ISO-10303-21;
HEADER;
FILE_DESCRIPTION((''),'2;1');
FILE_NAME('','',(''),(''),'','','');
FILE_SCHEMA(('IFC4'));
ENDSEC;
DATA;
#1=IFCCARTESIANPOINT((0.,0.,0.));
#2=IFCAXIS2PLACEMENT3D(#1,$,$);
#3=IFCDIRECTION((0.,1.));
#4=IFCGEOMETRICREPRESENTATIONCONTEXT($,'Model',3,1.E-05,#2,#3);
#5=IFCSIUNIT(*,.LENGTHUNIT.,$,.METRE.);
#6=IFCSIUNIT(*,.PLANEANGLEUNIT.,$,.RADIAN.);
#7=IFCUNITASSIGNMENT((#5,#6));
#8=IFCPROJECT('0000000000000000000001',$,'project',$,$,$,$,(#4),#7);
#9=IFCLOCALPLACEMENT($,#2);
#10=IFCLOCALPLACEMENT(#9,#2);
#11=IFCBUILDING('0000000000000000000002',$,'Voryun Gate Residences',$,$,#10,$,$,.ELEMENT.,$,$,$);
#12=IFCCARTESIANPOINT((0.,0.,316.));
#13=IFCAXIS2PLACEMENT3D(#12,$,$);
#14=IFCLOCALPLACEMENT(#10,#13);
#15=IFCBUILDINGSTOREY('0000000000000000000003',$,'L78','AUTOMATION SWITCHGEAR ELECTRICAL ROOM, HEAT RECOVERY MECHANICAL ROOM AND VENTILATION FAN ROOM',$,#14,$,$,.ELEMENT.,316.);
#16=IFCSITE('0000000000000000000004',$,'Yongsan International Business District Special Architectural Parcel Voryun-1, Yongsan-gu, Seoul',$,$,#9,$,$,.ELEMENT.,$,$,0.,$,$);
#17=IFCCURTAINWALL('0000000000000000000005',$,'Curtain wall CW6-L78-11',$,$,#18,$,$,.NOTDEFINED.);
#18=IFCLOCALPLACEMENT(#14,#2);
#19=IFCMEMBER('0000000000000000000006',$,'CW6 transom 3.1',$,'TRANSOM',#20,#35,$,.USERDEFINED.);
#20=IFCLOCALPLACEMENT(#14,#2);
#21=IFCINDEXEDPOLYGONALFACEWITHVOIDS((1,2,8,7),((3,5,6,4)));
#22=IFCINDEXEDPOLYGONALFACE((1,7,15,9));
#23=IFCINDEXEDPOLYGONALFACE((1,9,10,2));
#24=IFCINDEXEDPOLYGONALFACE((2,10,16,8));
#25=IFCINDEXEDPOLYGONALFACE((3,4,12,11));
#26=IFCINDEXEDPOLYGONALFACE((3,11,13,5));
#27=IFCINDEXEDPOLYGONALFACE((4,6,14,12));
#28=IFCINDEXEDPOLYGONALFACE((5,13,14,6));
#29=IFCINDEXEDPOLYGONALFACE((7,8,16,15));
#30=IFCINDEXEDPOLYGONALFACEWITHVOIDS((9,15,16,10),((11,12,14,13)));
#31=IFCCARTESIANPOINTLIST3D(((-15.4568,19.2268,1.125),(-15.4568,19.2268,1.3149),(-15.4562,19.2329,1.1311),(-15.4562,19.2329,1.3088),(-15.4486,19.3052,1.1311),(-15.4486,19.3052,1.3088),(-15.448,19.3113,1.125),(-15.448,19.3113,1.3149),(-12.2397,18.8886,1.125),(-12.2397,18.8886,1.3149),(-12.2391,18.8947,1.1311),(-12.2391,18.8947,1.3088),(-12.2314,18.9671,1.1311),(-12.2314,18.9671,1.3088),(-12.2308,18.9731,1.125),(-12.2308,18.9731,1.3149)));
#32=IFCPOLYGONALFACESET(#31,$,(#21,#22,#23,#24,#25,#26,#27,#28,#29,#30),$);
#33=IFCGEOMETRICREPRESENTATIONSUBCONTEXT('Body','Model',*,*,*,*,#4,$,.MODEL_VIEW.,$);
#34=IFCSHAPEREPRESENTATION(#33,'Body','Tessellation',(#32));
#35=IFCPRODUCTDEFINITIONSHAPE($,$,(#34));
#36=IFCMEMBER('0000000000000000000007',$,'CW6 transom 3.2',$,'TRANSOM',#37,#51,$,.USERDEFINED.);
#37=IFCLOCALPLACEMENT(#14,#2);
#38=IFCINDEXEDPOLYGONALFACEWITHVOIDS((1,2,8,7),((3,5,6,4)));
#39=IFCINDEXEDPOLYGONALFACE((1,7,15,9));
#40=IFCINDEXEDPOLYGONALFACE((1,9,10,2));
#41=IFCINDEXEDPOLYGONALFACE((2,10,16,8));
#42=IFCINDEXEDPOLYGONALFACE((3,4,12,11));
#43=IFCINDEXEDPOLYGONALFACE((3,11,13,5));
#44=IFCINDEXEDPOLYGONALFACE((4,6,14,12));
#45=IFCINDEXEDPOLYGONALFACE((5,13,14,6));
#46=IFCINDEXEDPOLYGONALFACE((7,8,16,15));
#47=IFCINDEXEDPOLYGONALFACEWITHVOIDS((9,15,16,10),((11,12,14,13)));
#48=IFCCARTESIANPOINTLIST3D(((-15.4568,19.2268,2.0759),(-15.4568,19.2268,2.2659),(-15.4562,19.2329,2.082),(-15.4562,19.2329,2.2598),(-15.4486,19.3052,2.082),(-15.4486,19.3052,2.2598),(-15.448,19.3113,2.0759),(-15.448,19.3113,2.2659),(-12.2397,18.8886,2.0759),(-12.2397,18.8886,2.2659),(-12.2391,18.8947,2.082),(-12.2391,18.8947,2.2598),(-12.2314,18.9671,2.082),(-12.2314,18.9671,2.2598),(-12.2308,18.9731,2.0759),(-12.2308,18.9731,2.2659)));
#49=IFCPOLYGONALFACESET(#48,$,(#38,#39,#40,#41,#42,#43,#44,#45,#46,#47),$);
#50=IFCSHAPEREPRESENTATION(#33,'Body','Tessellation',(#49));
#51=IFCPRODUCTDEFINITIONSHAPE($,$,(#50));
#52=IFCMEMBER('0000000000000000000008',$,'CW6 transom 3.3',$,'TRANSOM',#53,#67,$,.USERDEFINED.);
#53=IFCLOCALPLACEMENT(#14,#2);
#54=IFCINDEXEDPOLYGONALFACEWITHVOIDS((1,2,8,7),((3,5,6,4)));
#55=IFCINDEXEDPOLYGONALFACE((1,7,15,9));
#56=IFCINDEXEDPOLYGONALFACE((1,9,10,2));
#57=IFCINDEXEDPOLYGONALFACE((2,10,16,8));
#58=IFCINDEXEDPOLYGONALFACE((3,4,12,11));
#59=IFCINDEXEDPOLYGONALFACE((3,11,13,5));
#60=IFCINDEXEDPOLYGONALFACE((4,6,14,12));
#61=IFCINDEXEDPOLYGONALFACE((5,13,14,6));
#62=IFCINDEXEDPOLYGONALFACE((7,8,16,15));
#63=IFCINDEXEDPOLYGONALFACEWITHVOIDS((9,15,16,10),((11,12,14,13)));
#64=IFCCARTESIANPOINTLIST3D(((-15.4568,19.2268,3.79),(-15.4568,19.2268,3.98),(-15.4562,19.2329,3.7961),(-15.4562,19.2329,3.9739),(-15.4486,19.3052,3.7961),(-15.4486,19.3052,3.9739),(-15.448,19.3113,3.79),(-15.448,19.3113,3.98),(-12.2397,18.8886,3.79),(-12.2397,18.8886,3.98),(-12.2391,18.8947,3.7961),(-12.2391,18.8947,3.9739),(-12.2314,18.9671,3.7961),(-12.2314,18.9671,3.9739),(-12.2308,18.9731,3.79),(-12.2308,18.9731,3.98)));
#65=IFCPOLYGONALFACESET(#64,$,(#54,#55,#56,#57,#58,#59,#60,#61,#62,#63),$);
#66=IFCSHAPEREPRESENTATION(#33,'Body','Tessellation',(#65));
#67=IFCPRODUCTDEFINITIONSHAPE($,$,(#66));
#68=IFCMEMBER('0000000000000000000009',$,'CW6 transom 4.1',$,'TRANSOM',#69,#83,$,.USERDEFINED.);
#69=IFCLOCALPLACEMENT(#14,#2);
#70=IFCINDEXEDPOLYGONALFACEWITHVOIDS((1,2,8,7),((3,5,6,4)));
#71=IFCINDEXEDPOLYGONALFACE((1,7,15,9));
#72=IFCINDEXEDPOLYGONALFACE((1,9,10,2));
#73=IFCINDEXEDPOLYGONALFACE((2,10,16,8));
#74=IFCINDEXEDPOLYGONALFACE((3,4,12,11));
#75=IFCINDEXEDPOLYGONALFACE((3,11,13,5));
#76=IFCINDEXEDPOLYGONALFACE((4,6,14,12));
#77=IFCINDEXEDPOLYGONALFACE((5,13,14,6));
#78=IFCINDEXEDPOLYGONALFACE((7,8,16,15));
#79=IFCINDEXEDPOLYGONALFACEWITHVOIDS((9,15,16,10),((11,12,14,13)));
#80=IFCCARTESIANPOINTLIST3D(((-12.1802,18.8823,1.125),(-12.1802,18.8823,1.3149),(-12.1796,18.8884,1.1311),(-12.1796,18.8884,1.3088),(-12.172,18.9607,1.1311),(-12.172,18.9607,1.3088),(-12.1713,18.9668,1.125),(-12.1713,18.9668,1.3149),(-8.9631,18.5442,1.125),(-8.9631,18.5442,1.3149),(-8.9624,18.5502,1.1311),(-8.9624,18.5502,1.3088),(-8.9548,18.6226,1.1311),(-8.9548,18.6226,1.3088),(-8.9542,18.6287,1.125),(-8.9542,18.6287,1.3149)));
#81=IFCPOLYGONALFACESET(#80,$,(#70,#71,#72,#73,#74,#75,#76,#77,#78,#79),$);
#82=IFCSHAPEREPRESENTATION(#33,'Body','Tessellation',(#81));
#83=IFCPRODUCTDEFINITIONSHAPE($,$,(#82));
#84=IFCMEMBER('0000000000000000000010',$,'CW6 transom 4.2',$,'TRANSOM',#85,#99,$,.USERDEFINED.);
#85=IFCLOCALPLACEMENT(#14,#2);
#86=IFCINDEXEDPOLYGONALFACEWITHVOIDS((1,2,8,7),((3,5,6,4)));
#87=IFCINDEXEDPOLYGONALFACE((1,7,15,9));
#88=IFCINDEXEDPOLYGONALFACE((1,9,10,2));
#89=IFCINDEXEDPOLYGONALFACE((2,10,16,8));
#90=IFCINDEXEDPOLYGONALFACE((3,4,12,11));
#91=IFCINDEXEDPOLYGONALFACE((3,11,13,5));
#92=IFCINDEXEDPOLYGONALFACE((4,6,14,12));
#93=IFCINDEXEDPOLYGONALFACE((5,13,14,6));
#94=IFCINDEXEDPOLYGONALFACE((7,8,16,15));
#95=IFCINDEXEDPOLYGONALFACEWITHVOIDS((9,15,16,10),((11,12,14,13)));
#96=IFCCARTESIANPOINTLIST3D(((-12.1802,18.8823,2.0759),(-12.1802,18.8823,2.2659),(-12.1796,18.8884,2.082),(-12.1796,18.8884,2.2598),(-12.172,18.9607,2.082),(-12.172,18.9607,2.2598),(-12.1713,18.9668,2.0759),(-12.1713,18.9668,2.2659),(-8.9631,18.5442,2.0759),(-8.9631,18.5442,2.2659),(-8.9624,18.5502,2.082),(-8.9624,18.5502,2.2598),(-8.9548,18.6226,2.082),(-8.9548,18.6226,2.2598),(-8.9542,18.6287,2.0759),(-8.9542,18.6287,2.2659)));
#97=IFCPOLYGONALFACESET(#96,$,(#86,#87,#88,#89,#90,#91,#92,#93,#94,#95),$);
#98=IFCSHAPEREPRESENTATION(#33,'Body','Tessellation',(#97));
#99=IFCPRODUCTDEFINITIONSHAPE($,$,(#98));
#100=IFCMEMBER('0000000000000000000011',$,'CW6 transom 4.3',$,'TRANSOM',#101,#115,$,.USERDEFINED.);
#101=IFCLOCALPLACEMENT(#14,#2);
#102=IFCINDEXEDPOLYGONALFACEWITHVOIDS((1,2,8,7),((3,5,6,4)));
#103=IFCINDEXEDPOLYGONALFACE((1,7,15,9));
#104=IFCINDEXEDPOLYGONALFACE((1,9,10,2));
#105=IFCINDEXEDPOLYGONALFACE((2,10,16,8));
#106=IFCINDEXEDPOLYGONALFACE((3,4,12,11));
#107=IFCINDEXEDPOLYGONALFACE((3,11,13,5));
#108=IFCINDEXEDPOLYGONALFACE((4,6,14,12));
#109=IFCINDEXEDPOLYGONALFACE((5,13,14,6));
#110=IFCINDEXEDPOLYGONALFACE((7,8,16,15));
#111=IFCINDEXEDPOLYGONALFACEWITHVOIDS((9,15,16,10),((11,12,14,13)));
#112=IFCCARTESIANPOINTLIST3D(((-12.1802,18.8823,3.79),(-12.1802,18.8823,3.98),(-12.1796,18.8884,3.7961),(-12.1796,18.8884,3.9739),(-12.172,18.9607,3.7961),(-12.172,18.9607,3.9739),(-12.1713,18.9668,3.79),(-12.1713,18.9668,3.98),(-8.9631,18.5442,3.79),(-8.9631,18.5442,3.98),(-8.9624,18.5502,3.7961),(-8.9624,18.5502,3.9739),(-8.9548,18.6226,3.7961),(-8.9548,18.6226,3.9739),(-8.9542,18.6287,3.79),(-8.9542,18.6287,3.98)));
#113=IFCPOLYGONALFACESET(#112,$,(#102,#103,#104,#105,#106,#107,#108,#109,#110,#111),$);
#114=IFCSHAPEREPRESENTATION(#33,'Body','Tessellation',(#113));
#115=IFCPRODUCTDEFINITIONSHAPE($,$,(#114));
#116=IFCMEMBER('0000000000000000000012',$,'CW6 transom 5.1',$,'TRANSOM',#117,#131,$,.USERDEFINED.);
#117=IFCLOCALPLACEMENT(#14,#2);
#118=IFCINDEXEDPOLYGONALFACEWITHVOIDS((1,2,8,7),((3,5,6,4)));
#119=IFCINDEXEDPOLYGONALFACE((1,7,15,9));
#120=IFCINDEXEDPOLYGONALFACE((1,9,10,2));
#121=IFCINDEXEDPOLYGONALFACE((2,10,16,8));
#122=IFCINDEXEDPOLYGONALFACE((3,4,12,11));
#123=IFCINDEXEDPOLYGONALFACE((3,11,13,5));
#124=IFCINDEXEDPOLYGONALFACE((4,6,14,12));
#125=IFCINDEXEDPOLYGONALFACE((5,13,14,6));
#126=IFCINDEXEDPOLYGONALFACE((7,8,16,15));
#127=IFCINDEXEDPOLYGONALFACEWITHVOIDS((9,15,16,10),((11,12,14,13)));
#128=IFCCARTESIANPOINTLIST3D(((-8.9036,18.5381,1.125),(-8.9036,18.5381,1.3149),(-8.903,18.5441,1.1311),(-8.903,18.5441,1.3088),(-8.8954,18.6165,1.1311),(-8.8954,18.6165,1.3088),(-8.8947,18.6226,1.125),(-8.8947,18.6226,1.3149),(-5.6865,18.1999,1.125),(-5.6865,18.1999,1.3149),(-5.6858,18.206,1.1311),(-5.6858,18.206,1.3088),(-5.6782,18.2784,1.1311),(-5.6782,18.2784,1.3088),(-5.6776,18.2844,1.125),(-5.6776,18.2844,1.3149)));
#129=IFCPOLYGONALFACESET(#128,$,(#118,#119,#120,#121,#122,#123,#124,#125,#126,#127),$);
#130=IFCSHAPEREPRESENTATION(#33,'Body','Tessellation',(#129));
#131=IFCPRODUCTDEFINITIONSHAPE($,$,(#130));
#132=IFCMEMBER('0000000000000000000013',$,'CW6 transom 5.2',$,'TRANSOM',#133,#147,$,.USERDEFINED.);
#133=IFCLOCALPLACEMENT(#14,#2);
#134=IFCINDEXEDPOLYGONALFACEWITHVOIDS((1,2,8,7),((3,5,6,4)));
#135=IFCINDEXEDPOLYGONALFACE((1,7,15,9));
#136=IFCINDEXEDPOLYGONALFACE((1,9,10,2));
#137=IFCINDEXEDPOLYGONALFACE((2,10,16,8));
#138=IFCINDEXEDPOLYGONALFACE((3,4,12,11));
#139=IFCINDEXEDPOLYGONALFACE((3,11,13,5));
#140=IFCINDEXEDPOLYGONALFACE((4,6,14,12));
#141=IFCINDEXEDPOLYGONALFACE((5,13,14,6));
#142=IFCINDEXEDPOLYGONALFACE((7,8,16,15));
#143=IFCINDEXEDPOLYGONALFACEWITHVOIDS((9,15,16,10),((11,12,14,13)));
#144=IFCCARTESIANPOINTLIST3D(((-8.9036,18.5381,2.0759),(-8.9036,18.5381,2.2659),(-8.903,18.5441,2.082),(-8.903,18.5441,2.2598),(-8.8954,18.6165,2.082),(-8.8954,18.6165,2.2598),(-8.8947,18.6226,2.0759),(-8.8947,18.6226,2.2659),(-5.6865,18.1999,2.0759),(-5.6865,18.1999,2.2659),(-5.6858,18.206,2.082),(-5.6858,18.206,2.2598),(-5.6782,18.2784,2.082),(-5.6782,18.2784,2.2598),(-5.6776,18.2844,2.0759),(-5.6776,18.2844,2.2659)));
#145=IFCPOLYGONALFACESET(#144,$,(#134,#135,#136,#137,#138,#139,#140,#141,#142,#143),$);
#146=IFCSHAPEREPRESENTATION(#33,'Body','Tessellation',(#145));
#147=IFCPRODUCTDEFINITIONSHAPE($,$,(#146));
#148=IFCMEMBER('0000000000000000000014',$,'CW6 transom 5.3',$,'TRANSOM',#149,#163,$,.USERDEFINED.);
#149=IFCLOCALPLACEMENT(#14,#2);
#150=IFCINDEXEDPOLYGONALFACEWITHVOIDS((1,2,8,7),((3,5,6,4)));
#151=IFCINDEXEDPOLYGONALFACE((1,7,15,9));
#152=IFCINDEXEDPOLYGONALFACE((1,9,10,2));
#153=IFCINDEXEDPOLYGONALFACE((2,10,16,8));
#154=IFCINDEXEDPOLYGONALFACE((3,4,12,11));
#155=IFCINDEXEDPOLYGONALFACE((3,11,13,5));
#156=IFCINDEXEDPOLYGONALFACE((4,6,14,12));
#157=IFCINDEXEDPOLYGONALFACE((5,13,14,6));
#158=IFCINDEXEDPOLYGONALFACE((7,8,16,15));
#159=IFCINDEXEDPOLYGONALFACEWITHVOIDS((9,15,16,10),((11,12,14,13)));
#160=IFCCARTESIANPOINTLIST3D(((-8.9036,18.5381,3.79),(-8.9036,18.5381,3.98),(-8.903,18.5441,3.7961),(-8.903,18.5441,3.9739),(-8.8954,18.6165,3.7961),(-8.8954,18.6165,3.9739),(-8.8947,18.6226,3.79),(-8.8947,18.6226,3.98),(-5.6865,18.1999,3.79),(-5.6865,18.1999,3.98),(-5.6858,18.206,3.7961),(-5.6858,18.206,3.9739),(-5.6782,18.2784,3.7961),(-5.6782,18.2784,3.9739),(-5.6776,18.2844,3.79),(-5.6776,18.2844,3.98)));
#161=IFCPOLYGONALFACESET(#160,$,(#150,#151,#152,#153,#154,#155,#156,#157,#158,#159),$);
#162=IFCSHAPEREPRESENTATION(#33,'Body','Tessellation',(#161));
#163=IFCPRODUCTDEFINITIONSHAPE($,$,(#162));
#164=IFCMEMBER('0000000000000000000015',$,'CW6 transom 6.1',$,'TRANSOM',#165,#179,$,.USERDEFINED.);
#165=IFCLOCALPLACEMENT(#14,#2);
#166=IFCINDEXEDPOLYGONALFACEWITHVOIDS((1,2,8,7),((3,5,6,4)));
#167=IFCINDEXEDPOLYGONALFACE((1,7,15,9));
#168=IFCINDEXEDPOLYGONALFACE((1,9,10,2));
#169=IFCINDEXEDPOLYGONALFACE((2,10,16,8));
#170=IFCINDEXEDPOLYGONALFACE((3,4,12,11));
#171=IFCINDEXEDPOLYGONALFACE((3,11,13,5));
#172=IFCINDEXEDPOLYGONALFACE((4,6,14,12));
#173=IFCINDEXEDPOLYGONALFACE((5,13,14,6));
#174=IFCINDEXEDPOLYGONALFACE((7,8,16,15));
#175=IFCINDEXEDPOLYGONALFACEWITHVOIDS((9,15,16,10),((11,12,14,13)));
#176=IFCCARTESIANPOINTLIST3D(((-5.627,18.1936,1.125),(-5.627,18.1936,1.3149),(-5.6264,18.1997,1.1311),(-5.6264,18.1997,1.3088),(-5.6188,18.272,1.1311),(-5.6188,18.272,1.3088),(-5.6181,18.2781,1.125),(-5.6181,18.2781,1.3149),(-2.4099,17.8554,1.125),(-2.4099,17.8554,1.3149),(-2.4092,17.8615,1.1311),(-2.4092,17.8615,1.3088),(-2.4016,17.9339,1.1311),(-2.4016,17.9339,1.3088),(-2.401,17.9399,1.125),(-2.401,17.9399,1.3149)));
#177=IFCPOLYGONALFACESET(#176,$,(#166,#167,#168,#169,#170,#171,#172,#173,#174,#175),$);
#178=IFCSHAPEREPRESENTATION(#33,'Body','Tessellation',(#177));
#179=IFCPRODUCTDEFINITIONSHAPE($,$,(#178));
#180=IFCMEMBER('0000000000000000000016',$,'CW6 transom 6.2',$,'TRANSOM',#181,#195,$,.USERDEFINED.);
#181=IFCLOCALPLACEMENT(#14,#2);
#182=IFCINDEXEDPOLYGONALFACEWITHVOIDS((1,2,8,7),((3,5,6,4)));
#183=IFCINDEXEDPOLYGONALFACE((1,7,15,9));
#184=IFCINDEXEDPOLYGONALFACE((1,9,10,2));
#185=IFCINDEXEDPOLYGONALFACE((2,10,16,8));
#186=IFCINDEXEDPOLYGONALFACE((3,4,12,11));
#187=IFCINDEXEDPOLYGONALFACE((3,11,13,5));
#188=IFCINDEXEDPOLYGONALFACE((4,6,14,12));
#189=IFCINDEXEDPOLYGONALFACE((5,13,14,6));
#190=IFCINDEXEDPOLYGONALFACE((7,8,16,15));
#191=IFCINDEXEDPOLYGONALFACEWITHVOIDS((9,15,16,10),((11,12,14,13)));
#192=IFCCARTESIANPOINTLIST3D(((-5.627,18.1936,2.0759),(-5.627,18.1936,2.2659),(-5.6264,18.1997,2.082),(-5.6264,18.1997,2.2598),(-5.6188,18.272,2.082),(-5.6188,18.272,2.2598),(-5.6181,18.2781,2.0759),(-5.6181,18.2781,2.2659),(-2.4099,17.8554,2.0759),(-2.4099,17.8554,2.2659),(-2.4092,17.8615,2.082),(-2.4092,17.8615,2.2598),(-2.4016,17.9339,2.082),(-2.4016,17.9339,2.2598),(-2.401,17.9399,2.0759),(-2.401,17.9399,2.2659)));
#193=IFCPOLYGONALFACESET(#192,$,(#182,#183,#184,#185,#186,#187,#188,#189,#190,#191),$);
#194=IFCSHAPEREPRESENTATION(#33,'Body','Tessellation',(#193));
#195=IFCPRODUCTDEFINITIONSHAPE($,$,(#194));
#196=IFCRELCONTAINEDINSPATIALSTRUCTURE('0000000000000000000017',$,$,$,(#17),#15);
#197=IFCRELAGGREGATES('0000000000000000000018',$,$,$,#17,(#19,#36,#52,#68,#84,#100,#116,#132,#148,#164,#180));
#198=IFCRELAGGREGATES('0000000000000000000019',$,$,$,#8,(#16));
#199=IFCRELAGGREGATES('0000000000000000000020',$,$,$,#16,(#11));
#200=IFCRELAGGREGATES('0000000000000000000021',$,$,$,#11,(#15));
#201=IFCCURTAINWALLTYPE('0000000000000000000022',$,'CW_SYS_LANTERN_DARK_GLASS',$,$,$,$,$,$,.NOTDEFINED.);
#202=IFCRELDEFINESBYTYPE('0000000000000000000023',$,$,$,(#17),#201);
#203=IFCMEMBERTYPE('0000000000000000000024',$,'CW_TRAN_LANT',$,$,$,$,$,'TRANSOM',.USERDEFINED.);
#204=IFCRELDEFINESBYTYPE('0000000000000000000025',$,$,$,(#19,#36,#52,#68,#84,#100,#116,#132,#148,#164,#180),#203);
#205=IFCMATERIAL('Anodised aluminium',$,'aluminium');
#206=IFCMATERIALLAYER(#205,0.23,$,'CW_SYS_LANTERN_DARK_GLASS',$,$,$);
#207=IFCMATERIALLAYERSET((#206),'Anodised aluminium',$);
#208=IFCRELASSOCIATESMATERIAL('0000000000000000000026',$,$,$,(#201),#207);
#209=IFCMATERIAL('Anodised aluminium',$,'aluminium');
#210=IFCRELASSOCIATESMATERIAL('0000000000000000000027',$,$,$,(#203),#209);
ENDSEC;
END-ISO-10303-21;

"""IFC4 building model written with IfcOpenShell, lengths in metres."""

from ifc_helpers import new_model, si_unit, direction, frame, origin, origin_2d, place, context, subcontext, project, spatial, hollow_rectangle, extrude, material, layer, layer_set, material_profile, profile_set, type_object, element, aggregate, save


model = new_model("IFC4")

# Units and contexts
model_context = context("Model", 3, precision=1e-05, world=origin(), true_north=direction((0.0, 1.0)))
body_context = subcontext(model_context, "Body", "Model", "MODEL_VIEW")
ifc_project = project(units=[si_unit("LENGTHUNIT", "METRE"), si_unit("PLANEANGLEUNIT", "RADIAN")], contexts=[model_context])

# Site, building, storey
site_placement = place(None, origin())
site = spatial("IfcSite", under=ifc_project, at=site_placement, Name="Yongsan International Business District Special Architectural Parcel Voryun-1, Yongsan-gu, Seoul", CompositionType="ELEMENT", RefElevation=0.0)
building_placement = place(site_placement, origin())
building = spatial("IfcBuilding", under=site, at=building_placement, Name="Voryun Gate Residences", CompositionType="ELEMENT")
storey_placement = place(building_placement, frame((0.0, 0.0, 316.0)))
storey = spatial("IfcBuildingStorey", under=building, at=storey_placement, Name="L78", Description="AUTOMATION SWITCHGEAR ELECTRICAL ROOM, HEAT RECOVERY MECHANICAL ROOM AND VENTILATION FAN ROOM", CompositionType="ELEMENT", Elevation=316.0)

# Curtain wall, members
ifc_material_1 = material(Name="Anodised aluminium", Category="aluminium")
ifc_layer_1 = layer(ifc_material_1, 0.23, Name="CW_SYS_LANTERN_DARK_GLASS")
ifc_layer_set_1 = layer_set([ifc_layer_1], Name="Anodised aluminium")
curtain_wall_type = type_object("IfcCurtainWallType", Name="CW_SYS_LANTERN_DARK_GLASS", PredefinedType="NOTDEFINED", material=ifc_layer_set_1)
curtain_wall_placement = place(storey_placement, origin())
curtain_wall = element("IfcCurtainWall", 1, at=curtain_wall_placement, inside=storey, type_object=curtain_wall_type, Name="Curtain wall CW6-L78-11", PredefinedType="NOTDEFINED")
ifc_material_2 = material(Name="Anodised aluminium", Category="aluminium")
ifc_material_profile_1 = material_profile(ifc_material_2, hollow_rectangle(XDim=0.085, YDim=0.1899, WallThickness=0.0061, at=origin_2d()), Name="ALU-TRAN-190x85x6")
ifc_profile_set_1 = profile_set([ifc_material_profile_1], Name="Anodised aluminium")
member_type_1 = type_object("IfcMemberType", Name="CW_TRAN_LANT", ElementType="TRANSOM", PredefinedType="USERDEFINED", material=ifc_profile_set_1)
member_1_placement = place(storey_placement, frame((-15.4524, 19.269, 1.22), z_axis=(0.994522, -0.104532, 0.0), x_axis=(0.104532, 0.994522, 0.0)))
member_1 = element("IfcMember", 2, at=member_1_placement, type_object=member_type_1, Name="CW6 transom 3.1", ObjectType="TRANSOM", PredefinedType="USERDEFINED", context=body_context, shape_type="SweptSolid", body=[
    extrude(hollow_rectangle(XDim=0.085, YDim=0.1899, WallThickness=0.0061, at=origin_2d()), origin(), (0.0, 0.0, 1.0), 3.2349),
])
member_2_placement = place(storey_placement, frame((-15.4524, 19.269, 2.1709), z_axis=(0.994522, -0.104532, 0.0), x_axis=(0.104532, 0.994522, 0.0)))
member_2 = element("IfcMember", 3, at=member_2_placement, type_object=member_type_1, Name="CW6 transom 3.2", ObjectType="TRANSOM", PredefinedType="USERDEFINED", context=body_context, shape_type="SweptSolid", body=[
    extrude(hollow_rectangle(XDim=0.085, YDim=0.1899, WallThickness=0.0061, at=origin_2d()), origin(), (0.0, 0.0, 1.0), 3.2349),
])
member_3_placement = place(storey_placement, frame((-15.4524, 19.269, 3.885), z_axis=(0.994522, -0.104532, 0.0), x_axis=(0.104532, 0.994522, 0.0)))
member_3 = element("IfcMember", 4, at=member_3_placement, type_object=member_type_1, Name="CW6 transom 3.3", ObjectType="TRANSOM", PredefinedType="USERDEFINED", context=body_context, shape_type="SweptSolid", body=[
    extrude(hollow_rectangle(XDim=0.085, YDim=0.1899, WallThickness=0.0061, at=origin_2d()), origin(), (0.0, 0.0, 1.0), 3.2349),
])
member_4_placement = place(storey_placement, frame((-12.1758, 18.9246, 1.22), z_axis=(0.994522, -0.104532, 0.0), x_axis=(0.104532, 0.994522, 0.0)))
member_4 = element("IfcMember", 5, at=member_4_placement, type_object=member_type_1, Name="CW6 transom 4.1", ObjectType="TRANSOM", PredefinedType="USERDEFINED", context=body_context, shape_type="SweptSolid", body=[
    extrude(hollow_rectangle(XDim=0.085, YDim=0.1899, WallThickness=0.0061, at=origin_2d()), origin(), (0.0, 0.0, 1.0), 3.2349),
])
member_5_placement = place(storey_placement, frame((-12.1758, 18.9246, 2.1709), z_axis=(0.994522, -0.104532, 0.0), x_axis=(0.104532, 0.994522, 0.0)))
member_5 = element("IfcMember", 6, at=member_5_placement, type_object=member_type_1, Name="CW6 transom 4.2", ObjectType="TRANSOM", PredefinedType="USERDEFINED", context=body_context, shape_type="SweptSolid", body=[
    extrude(hollow_rectangle(XDim=0.085, YDim=0.1899, WallThickness=0.0061, at=origin_2d()), origin(), (0.0, 0.0, 1.0), 3.2349),
])
member_6_placement = place(storey_placement, frame((-12.1758, 18.9246, 3.885), z_axis=(0.994522, -0.104532, 0.0), x_axis=(0.104532, 0.994522, 0.0)))
member_6 = element("IfcMember", 7, at=member_6_placement, type_object=member_type_1, Name="CW6 transom 4.3", ObjectType="TRANSOM", PredefinedType="USERDEFINED", context=body_context, shape_type="SweptSolid", body=[
    extrude(hollow_rectangle(XDim=0.085, YDim=0.1899, WallThickness=0.0061, at=origin_2d()), origin(), (0.0, 0.0, 1.0), 3.2349),
])
member_7_placement = place(storey_placement, frame((-8.8992, 18.5803, 1.22), z_axis=(0.994522, -0.104532, 0.0), x_axis=(0.104532, 0.994522, 0.0)))
member_7 = element("IfcMember", 8, at=member_7_placement, type_object=member_type_1, Name="CW6 transom 5.1", ObjectType="TRANSOM", PredefinedType="USERDEFINED", context=body_context, shape_type="SweptSolid", body=[
    extrude(hollow_rectangle(XDim=0.085, YDim=0.1899, WallThickness=0.0061, at=origin_2d()), origin(), (0.0, 0.0, 1.0), 3.2349),
])
member_8_placement = place(storey_placement, frame((-8.8992, 18.5803, 2.1709), z_axis=(0.994522, -0.104532, 0.0), x_axis=(0.104532, 0.994522, 0.0)))
member_8 = element("IfcMember", 9, at=member_8_placement, type_object=member_type_1, Name="CW6 transom 5.2", ObjectType="TRANSOM", PredefinedType="USERDEFINED", context=body_context, shape_type="SweptSolid", body=[
    extrude(hollow_rectangle(XDim=0.085, YDim=0.1899, WallThickness=0.0061, at=origin_2d()), origin(), (0.0, 0.0, 1.0), 3.2349),
])
member_9_placement = place(storey_placement, frame((-8.8992, 18.5803, 3.885), z_axis=(0.994522, -0.104532, 0.0), x_axis=(0.104532, 0.994522, 0.0)))
member_9 = element("IfcMember", 10, at=member_9_placement, type_object=member_type_1, Name="CW6 transom 5.3", ObjectType="TRANSOM", PredefinedType="USERDEFINED", context=body_context, shape_type="SweptSolid", body=[
    extrude(hollow_rectangle(XDim=0.085, YDim=0.1899, WallThickness=0.0061, at=origin_2d()), origin(), (0.0, 0.0, 1.0), 3.2349),
])
member_10_placement = place(storey_placement, frame((-5.6226, 18.2358, 1.22), z_axis=(0.994522, -0.104532, 0.0), x_axis=(0.104532, 0.994522, 0.0)))
member_10 = element("IfcMember", 11, at=member_10_placement, type_object=member_type_1, Name="CW6 transom 6.1", ObjectType="TRANSOM", PredefinedType="USERDEFINED", context=body_context, shape_type="SweptSolid", body=[
    extrude(hollow_rectangle(XDim=0.085, YDim=0.1899, WallThickness=0.0061, at=origin_2d()), origin(), (0.0, 0.0, 1.0), 3.2349),
])
member_11_placement = place(storey_placement, frame((-5.6226, 18.2358, 2.1709), z_axis=(0.994522, -0.104532, 0.0), x_axis=(0.104532, 0.994522, 0.0)))
member_11 = element("IfcMember", 12, at=member_11_placement, type_object=member_type_1, Name="CW6 transom 6.2", ObjectType="TRANSOM", PredefinedType="USERDEFINED", context=body_context, shape_type="SweptSolid", body=[
    extrude(hollow_rectangle(XDim=0.085, YDim=0.1899, WallThickness=0.0061, at=origin_2d()), origin(), (0.0, 0.0, 1.0), 3.2349),
])

aggregate(curtain_wall, [member_1, member_2, member_3, member_4, member_5, member_6, member_7, member_8, member_9, member_10, member_11])

save(model, "model.ifc")
